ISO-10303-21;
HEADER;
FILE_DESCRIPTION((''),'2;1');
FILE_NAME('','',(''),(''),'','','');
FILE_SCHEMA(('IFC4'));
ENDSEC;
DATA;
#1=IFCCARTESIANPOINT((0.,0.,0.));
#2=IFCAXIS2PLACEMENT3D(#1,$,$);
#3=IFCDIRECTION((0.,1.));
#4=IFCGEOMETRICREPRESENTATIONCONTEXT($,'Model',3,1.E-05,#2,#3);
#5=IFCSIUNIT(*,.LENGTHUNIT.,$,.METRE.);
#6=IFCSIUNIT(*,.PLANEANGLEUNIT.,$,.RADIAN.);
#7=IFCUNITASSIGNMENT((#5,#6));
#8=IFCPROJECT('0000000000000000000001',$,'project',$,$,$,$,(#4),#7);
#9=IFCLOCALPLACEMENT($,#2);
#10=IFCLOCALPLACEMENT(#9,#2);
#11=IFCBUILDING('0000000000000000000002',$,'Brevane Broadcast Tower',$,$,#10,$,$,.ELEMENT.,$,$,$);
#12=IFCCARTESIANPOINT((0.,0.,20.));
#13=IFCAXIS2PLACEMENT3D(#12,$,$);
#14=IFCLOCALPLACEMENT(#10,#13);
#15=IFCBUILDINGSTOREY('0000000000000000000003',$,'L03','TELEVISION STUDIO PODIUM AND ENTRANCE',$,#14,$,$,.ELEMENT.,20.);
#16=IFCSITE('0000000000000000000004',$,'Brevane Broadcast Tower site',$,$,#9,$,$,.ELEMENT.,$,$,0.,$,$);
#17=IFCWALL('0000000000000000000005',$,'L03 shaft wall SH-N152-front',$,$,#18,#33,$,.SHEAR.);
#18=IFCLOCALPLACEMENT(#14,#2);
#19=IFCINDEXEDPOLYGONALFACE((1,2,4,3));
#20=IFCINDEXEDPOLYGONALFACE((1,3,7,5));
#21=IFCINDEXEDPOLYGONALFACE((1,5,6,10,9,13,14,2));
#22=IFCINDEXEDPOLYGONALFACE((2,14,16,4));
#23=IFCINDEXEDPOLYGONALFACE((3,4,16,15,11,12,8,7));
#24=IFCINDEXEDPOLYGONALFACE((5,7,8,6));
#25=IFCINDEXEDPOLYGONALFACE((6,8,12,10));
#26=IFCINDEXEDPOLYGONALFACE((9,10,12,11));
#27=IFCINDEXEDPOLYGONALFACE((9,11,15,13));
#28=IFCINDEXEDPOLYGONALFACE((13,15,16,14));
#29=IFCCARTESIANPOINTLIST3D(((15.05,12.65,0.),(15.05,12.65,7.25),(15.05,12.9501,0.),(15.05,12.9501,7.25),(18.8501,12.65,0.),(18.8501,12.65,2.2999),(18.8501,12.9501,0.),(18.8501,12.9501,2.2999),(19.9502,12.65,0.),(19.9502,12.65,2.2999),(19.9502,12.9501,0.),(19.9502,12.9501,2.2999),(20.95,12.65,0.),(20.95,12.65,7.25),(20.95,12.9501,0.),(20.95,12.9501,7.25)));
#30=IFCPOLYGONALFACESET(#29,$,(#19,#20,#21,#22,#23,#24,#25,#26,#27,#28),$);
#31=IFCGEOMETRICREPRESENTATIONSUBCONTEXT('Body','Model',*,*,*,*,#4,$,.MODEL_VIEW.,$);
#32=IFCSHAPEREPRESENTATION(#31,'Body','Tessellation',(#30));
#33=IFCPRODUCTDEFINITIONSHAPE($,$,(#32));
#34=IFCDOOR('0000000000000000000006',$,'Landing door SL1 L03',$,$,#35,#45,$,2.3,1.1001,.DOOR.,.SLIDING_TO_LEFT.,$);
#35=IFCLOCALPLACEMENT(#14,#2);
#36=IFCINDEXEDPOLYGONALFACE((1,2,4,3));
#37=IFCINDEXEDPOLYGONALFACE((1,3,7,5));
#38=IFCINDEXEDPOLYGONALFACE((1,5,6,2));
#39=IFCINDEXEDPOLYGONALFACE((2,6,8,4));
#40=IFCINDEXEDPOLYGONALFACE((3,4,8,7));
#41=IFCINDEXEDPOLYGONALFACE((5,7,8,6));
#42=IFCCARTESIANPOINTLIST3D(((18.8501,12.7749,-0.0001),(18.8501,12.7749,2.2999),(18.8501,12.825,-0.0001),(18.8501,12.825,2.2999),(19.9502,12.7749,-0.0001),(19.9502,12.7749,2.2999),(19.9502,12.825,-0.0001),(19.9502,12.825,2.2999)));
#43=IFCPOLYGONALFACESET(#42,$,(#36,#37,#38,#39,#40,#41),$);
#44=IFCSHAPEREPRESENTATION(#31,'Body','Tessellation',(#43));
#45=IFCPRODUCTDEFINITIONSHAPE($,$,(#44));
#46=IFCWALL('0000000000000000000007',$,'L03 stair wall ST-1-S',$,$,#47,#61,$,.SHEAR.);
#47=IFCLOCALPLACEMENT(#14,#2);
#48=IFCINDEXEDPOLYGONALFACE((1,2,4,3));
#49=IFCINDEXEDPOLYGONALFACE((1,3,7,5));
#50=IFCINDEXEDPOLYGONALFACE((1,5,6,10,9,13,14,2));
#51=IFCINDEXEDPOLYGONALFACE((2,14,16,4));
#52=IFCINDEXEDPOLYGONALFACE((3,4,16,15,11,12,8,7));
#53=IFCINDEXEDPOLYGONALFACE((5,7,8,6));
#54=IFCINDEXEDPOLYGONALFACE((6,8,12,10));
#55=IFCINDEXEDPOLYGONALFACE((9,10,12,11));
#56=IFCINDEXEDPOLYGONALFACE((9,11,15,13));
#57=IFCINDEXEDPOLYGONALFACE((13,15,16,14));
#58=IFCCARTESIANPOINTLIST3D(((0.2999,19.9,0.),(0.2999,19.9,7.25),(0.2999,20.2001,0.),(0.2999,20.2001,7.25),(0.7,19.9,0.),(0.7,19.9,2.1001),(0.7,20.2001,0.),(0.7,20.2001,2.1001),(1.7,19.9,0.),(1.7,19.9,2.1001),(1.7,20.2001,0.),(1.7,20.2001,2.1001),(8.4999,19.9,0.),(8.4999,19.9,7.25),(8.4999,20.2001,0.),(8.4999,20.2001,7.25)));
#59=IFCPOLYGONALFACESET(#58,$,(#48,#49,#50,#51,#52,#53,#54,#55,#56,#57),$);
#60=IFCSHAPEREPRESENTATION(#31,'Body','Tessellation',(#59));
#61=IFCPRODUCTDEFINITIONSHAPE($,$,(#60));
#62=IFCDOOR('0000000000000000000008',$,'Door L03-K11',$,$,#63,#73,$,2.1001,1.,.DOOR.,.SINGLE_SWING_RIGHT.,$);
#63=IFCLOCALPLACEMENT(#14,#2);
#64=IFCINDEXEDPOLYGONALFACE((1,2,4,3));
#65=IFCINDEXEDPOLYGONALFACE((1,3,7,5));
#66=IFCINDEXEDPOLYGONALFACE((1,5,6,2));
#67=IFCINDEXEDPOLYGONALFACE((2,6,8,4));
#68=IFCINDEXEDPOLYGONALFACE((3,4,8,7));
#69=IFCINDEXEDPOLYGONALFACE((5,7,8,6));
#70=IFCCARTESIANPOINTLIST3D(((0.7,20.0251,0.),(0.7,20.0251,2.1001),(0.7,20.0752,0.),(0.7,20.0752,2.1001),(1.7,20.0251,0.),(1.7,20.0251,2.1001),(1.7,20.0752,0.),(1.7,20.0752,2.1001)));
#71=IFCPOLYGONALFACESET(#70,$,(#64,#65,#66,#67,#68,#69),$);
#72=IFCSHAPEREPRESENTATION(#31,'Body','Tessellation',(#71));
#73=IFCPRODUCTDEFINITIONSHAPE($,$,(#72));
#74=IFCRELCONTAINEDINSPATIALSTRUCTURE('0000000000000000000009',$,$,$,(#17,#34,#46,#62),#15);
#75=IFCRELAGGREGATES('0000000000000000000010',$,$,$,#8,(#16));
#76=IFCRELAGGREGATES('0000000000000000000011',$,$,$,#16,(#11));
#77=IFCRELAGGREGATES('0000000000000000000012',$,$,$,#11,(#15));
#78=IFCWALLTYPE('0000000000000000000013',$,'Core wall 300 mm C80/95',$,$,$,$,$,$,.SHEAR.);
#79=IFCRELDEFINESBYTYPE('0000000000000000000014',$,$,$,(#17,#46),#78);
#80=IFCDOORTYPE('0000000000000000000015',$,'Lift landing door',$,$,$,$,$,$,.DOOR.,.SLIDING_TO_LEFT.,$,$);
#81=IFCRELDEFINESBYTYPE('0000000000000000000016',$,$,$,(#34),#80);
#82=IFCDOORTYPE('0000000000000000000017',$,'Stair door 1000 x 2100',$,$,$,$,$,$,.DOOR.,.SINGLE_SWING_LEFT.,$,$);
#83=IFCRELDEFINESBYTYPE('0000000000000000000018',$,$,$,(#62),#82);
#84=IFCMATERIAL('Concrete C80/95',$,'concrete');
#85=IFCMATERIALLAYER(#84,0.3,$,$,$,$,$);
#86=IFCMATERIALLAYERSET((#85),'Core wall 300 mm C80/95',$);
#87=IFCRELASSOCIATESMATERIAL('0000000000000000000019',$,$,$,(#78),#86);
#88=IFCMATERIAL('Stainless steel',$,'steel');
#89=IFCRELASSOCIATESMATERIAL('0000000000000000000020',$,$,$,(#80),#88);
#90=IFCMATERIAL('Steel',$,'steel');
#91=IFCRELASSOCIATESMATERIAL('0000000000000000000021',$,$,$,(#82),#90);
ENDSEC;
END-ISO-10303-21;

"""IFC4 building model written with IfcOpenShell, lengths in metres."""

from ifc_helpers import new_model, si_unit, direction, frame, frame_2d, origin, place, context, subcontext, project, spatial, rectangle, extrude, material, layer, layer_set, type_object, element, fill, save


model = new_model("IFC4")

# Units and contexts
model_context = context("Model", 3, precision=1e-05, world=origin(), true_north=direction((0.0, 1.0)))
body_context = subcontext(model_context, "Body", "Model", "MODEL_VIEW")
ifc_project = project(units=[si_unit("LENGTHUNIT", "METRE"), si_unit("PLANEANGLEUNIT", "RADIAN")], contexts=[model_context])

# Site, building, storey
site_placement = place(None, origin())
site = spatial("IfcSite", under=ifc_project, at=site_placement, Name="Brevane Broadcast Tower site", CompositionType="ELEMENT", RefElevation=0.0)
building_placement = place(site_placement, origin())
building = spatial("IfcBuilding", under=site, at=building_placement, Name="Brevane Broadcast Tower", CompositionType="ELEMENT")
storey_placement = place(building_placement, frame((0.0, 0.0, 20.0)))
storey = spatial("IfcBuildingStorey", under=building, at=storey_placement, Name="L03", Description="TELEVISION STUDIO PODIUM AND ENTRANCE", CompositionType="ELEMENT", Elevation=20.0)

# Shared definitions
ifc_material_1 = material(Name="Steel", Category="steel")

# Shared definitions
ifc_material_2 = material(Name="Concrete C80/95", Category="concrete")
ifc_layer_1 = layer(ifc_material_2, 0.3)
ifc_layer_set_1 = layer_set([ifc_layer_1], Name="Core wall 300 mm C80/95")
wall_type_1 = type_object("IfcWallType", Name="Core wall 300 mm C80/95", PredefinedType="SHEAR", material=ifc_layer_set_1)

# Walls, openings, doors
wall_1_placement = place(storey_placement, frame((15.05, 12.8, 0.0), z_axis=(0.0, 0.0, 1.0), x_axis=(1.0, 0.0, 0.0)))
wall_1 = element("IfcWall", 1, at=wall_1_placement, inside=storey, type_object=wall_type_1, Name="L03 shaft wall SH-N152-front", PredefinedType="SHEAR", context=body_context, shape_type="SweptSolid", body=[
    extrude(rectangle(XDim=5.8999, YDim=0.3, at=frame_2d((2.95, 0.0))), origin(), (0.0, 0.0, 1.0), 7.25),
])
opening_1_placement = place(wall_1_placement, frame((3.8, 0.0, 0.0)))
opening_1 = element("IfcOpeningElement", 2, at=opening_1_placement, cuts=wall_1, PredefinedType="OPENING", context=body_context, shape_type="SweptSolid", body=[
    extrude(rectangle(XDim=1.1001, YDim=2.3, at=frame_2d((0.55, 1.1499))), frame((0.0, 0.1599, 0.0), z_axis=(0.0, -1.0, 0.0), x_axis=(1.0, 0.0, 0.0)), (0.0, 0.0, 1.0), 0.3201),
])
ifc_material_3 = material(Name="Stainless steel", Category="steel")
door_type_1 = type_object("IfcDoorType", Name="Lift landing door", OperationType="SLIDING_TO_LEFT", PredefinedType="DOOR", material=ifc_material_3)
door_1_placement = place(opening_1_placement, origin())
door_1 = element("IfcDoor", 3, at=door_1_placement, inside=storey, type_object=door_type_1, Name="Landing door SL1 L03", OperationType="SLIDING_TO_LEFT", OverallHeight=2.3, OverallWidth=1.1001, PredefinedType="DOOR", context=body_context, shape_type="SweptSolid", body=[
    extrude(rectangle(XDim=1.1001, YDim=2.3, at=frame_2d((0.55, 1.1499))), frame((0.0, 0.0249, 0.0), z_axis=(0.0, -1.0, 0.0), x_axis=(1.0, 0.0, 0.0)), (0.0, 0.0, 1.0), 0.05),
])
fill(opening_1, door_1)
wall_2_placement = place(storey_placement, frame((8.5, 20.05, 0.0), z_axis=(0.0, 0.0, 1.0), x_axis=(-1.0, 0.0, 0.0)))
wall_2 = element("IfcWall", 4, at=wall_2_placement, inside=storey, type_object=wall_type_1, Name="L03 stair wall ST-1-S", PredefinedType="SHEAR", context=body_context, shape_type="SweptSolid", body=[
    extrude(rectangle(XDim=8.2, YDim=0.3, at=frame_2d((4.1001, 0.0))), origin(), (0.0, 0.0, 1.0), 7.25),
])
opening_2_placement = place(wall_2_placement, frame((6.8, 0.0, 0.0)))
opening_2 = element("IfcOpeningElement", 5, at=opening_2_placement, cuts=wall_2, PredefinedType="OPENING", context=body_context, shape_type="SweptSolid", body=[
    extrude(rectangle(XDim=1.0, YDim=2.1001, at=frame_2d((0.5, 1.05))), frame((0.0, 0.1599, 0.0), z_axis=(0.0, -1.0, 0.0), x_axis=(1.0, 0.0, 0.0)), (0.0, 0.0, 1.0), 0.3201),
])
door_type_2 = type_object("IfcDoorType", Name="Stair door 1000 x 2100", OperationType="SINGLE_SWING_LEFT", PredefinedType="DOOR", material=ifc_material_1)
door_2_placement = place(opening_2_placement, origin())
door_2 = element("IfcDoor", 6, at=door_2_placement, inside=storey, type_object=door_type_2, Name="Door L03-K11", OperationType="SINGLE_SWING_RIGHT", OverallHeight=2.1001, OverallWidth=1.0, PredefinedType="DOOR", context=body_context, shape_type="SweptSolid", body=[
    extrude(rectangle(XDim=1.0, YDim=2.1001, at=frame_2d((0.5, 1.05))), frame((0.0, 0.0249, 0.0), z_axis=(0.0, -1.0, 0.0), x_axis=(1.0, 0.0, 0.0)), (0.0, 0.0, 1.0), 0.05),
])
fill(opening_2, door_2)

save(model, "model.ifc")
